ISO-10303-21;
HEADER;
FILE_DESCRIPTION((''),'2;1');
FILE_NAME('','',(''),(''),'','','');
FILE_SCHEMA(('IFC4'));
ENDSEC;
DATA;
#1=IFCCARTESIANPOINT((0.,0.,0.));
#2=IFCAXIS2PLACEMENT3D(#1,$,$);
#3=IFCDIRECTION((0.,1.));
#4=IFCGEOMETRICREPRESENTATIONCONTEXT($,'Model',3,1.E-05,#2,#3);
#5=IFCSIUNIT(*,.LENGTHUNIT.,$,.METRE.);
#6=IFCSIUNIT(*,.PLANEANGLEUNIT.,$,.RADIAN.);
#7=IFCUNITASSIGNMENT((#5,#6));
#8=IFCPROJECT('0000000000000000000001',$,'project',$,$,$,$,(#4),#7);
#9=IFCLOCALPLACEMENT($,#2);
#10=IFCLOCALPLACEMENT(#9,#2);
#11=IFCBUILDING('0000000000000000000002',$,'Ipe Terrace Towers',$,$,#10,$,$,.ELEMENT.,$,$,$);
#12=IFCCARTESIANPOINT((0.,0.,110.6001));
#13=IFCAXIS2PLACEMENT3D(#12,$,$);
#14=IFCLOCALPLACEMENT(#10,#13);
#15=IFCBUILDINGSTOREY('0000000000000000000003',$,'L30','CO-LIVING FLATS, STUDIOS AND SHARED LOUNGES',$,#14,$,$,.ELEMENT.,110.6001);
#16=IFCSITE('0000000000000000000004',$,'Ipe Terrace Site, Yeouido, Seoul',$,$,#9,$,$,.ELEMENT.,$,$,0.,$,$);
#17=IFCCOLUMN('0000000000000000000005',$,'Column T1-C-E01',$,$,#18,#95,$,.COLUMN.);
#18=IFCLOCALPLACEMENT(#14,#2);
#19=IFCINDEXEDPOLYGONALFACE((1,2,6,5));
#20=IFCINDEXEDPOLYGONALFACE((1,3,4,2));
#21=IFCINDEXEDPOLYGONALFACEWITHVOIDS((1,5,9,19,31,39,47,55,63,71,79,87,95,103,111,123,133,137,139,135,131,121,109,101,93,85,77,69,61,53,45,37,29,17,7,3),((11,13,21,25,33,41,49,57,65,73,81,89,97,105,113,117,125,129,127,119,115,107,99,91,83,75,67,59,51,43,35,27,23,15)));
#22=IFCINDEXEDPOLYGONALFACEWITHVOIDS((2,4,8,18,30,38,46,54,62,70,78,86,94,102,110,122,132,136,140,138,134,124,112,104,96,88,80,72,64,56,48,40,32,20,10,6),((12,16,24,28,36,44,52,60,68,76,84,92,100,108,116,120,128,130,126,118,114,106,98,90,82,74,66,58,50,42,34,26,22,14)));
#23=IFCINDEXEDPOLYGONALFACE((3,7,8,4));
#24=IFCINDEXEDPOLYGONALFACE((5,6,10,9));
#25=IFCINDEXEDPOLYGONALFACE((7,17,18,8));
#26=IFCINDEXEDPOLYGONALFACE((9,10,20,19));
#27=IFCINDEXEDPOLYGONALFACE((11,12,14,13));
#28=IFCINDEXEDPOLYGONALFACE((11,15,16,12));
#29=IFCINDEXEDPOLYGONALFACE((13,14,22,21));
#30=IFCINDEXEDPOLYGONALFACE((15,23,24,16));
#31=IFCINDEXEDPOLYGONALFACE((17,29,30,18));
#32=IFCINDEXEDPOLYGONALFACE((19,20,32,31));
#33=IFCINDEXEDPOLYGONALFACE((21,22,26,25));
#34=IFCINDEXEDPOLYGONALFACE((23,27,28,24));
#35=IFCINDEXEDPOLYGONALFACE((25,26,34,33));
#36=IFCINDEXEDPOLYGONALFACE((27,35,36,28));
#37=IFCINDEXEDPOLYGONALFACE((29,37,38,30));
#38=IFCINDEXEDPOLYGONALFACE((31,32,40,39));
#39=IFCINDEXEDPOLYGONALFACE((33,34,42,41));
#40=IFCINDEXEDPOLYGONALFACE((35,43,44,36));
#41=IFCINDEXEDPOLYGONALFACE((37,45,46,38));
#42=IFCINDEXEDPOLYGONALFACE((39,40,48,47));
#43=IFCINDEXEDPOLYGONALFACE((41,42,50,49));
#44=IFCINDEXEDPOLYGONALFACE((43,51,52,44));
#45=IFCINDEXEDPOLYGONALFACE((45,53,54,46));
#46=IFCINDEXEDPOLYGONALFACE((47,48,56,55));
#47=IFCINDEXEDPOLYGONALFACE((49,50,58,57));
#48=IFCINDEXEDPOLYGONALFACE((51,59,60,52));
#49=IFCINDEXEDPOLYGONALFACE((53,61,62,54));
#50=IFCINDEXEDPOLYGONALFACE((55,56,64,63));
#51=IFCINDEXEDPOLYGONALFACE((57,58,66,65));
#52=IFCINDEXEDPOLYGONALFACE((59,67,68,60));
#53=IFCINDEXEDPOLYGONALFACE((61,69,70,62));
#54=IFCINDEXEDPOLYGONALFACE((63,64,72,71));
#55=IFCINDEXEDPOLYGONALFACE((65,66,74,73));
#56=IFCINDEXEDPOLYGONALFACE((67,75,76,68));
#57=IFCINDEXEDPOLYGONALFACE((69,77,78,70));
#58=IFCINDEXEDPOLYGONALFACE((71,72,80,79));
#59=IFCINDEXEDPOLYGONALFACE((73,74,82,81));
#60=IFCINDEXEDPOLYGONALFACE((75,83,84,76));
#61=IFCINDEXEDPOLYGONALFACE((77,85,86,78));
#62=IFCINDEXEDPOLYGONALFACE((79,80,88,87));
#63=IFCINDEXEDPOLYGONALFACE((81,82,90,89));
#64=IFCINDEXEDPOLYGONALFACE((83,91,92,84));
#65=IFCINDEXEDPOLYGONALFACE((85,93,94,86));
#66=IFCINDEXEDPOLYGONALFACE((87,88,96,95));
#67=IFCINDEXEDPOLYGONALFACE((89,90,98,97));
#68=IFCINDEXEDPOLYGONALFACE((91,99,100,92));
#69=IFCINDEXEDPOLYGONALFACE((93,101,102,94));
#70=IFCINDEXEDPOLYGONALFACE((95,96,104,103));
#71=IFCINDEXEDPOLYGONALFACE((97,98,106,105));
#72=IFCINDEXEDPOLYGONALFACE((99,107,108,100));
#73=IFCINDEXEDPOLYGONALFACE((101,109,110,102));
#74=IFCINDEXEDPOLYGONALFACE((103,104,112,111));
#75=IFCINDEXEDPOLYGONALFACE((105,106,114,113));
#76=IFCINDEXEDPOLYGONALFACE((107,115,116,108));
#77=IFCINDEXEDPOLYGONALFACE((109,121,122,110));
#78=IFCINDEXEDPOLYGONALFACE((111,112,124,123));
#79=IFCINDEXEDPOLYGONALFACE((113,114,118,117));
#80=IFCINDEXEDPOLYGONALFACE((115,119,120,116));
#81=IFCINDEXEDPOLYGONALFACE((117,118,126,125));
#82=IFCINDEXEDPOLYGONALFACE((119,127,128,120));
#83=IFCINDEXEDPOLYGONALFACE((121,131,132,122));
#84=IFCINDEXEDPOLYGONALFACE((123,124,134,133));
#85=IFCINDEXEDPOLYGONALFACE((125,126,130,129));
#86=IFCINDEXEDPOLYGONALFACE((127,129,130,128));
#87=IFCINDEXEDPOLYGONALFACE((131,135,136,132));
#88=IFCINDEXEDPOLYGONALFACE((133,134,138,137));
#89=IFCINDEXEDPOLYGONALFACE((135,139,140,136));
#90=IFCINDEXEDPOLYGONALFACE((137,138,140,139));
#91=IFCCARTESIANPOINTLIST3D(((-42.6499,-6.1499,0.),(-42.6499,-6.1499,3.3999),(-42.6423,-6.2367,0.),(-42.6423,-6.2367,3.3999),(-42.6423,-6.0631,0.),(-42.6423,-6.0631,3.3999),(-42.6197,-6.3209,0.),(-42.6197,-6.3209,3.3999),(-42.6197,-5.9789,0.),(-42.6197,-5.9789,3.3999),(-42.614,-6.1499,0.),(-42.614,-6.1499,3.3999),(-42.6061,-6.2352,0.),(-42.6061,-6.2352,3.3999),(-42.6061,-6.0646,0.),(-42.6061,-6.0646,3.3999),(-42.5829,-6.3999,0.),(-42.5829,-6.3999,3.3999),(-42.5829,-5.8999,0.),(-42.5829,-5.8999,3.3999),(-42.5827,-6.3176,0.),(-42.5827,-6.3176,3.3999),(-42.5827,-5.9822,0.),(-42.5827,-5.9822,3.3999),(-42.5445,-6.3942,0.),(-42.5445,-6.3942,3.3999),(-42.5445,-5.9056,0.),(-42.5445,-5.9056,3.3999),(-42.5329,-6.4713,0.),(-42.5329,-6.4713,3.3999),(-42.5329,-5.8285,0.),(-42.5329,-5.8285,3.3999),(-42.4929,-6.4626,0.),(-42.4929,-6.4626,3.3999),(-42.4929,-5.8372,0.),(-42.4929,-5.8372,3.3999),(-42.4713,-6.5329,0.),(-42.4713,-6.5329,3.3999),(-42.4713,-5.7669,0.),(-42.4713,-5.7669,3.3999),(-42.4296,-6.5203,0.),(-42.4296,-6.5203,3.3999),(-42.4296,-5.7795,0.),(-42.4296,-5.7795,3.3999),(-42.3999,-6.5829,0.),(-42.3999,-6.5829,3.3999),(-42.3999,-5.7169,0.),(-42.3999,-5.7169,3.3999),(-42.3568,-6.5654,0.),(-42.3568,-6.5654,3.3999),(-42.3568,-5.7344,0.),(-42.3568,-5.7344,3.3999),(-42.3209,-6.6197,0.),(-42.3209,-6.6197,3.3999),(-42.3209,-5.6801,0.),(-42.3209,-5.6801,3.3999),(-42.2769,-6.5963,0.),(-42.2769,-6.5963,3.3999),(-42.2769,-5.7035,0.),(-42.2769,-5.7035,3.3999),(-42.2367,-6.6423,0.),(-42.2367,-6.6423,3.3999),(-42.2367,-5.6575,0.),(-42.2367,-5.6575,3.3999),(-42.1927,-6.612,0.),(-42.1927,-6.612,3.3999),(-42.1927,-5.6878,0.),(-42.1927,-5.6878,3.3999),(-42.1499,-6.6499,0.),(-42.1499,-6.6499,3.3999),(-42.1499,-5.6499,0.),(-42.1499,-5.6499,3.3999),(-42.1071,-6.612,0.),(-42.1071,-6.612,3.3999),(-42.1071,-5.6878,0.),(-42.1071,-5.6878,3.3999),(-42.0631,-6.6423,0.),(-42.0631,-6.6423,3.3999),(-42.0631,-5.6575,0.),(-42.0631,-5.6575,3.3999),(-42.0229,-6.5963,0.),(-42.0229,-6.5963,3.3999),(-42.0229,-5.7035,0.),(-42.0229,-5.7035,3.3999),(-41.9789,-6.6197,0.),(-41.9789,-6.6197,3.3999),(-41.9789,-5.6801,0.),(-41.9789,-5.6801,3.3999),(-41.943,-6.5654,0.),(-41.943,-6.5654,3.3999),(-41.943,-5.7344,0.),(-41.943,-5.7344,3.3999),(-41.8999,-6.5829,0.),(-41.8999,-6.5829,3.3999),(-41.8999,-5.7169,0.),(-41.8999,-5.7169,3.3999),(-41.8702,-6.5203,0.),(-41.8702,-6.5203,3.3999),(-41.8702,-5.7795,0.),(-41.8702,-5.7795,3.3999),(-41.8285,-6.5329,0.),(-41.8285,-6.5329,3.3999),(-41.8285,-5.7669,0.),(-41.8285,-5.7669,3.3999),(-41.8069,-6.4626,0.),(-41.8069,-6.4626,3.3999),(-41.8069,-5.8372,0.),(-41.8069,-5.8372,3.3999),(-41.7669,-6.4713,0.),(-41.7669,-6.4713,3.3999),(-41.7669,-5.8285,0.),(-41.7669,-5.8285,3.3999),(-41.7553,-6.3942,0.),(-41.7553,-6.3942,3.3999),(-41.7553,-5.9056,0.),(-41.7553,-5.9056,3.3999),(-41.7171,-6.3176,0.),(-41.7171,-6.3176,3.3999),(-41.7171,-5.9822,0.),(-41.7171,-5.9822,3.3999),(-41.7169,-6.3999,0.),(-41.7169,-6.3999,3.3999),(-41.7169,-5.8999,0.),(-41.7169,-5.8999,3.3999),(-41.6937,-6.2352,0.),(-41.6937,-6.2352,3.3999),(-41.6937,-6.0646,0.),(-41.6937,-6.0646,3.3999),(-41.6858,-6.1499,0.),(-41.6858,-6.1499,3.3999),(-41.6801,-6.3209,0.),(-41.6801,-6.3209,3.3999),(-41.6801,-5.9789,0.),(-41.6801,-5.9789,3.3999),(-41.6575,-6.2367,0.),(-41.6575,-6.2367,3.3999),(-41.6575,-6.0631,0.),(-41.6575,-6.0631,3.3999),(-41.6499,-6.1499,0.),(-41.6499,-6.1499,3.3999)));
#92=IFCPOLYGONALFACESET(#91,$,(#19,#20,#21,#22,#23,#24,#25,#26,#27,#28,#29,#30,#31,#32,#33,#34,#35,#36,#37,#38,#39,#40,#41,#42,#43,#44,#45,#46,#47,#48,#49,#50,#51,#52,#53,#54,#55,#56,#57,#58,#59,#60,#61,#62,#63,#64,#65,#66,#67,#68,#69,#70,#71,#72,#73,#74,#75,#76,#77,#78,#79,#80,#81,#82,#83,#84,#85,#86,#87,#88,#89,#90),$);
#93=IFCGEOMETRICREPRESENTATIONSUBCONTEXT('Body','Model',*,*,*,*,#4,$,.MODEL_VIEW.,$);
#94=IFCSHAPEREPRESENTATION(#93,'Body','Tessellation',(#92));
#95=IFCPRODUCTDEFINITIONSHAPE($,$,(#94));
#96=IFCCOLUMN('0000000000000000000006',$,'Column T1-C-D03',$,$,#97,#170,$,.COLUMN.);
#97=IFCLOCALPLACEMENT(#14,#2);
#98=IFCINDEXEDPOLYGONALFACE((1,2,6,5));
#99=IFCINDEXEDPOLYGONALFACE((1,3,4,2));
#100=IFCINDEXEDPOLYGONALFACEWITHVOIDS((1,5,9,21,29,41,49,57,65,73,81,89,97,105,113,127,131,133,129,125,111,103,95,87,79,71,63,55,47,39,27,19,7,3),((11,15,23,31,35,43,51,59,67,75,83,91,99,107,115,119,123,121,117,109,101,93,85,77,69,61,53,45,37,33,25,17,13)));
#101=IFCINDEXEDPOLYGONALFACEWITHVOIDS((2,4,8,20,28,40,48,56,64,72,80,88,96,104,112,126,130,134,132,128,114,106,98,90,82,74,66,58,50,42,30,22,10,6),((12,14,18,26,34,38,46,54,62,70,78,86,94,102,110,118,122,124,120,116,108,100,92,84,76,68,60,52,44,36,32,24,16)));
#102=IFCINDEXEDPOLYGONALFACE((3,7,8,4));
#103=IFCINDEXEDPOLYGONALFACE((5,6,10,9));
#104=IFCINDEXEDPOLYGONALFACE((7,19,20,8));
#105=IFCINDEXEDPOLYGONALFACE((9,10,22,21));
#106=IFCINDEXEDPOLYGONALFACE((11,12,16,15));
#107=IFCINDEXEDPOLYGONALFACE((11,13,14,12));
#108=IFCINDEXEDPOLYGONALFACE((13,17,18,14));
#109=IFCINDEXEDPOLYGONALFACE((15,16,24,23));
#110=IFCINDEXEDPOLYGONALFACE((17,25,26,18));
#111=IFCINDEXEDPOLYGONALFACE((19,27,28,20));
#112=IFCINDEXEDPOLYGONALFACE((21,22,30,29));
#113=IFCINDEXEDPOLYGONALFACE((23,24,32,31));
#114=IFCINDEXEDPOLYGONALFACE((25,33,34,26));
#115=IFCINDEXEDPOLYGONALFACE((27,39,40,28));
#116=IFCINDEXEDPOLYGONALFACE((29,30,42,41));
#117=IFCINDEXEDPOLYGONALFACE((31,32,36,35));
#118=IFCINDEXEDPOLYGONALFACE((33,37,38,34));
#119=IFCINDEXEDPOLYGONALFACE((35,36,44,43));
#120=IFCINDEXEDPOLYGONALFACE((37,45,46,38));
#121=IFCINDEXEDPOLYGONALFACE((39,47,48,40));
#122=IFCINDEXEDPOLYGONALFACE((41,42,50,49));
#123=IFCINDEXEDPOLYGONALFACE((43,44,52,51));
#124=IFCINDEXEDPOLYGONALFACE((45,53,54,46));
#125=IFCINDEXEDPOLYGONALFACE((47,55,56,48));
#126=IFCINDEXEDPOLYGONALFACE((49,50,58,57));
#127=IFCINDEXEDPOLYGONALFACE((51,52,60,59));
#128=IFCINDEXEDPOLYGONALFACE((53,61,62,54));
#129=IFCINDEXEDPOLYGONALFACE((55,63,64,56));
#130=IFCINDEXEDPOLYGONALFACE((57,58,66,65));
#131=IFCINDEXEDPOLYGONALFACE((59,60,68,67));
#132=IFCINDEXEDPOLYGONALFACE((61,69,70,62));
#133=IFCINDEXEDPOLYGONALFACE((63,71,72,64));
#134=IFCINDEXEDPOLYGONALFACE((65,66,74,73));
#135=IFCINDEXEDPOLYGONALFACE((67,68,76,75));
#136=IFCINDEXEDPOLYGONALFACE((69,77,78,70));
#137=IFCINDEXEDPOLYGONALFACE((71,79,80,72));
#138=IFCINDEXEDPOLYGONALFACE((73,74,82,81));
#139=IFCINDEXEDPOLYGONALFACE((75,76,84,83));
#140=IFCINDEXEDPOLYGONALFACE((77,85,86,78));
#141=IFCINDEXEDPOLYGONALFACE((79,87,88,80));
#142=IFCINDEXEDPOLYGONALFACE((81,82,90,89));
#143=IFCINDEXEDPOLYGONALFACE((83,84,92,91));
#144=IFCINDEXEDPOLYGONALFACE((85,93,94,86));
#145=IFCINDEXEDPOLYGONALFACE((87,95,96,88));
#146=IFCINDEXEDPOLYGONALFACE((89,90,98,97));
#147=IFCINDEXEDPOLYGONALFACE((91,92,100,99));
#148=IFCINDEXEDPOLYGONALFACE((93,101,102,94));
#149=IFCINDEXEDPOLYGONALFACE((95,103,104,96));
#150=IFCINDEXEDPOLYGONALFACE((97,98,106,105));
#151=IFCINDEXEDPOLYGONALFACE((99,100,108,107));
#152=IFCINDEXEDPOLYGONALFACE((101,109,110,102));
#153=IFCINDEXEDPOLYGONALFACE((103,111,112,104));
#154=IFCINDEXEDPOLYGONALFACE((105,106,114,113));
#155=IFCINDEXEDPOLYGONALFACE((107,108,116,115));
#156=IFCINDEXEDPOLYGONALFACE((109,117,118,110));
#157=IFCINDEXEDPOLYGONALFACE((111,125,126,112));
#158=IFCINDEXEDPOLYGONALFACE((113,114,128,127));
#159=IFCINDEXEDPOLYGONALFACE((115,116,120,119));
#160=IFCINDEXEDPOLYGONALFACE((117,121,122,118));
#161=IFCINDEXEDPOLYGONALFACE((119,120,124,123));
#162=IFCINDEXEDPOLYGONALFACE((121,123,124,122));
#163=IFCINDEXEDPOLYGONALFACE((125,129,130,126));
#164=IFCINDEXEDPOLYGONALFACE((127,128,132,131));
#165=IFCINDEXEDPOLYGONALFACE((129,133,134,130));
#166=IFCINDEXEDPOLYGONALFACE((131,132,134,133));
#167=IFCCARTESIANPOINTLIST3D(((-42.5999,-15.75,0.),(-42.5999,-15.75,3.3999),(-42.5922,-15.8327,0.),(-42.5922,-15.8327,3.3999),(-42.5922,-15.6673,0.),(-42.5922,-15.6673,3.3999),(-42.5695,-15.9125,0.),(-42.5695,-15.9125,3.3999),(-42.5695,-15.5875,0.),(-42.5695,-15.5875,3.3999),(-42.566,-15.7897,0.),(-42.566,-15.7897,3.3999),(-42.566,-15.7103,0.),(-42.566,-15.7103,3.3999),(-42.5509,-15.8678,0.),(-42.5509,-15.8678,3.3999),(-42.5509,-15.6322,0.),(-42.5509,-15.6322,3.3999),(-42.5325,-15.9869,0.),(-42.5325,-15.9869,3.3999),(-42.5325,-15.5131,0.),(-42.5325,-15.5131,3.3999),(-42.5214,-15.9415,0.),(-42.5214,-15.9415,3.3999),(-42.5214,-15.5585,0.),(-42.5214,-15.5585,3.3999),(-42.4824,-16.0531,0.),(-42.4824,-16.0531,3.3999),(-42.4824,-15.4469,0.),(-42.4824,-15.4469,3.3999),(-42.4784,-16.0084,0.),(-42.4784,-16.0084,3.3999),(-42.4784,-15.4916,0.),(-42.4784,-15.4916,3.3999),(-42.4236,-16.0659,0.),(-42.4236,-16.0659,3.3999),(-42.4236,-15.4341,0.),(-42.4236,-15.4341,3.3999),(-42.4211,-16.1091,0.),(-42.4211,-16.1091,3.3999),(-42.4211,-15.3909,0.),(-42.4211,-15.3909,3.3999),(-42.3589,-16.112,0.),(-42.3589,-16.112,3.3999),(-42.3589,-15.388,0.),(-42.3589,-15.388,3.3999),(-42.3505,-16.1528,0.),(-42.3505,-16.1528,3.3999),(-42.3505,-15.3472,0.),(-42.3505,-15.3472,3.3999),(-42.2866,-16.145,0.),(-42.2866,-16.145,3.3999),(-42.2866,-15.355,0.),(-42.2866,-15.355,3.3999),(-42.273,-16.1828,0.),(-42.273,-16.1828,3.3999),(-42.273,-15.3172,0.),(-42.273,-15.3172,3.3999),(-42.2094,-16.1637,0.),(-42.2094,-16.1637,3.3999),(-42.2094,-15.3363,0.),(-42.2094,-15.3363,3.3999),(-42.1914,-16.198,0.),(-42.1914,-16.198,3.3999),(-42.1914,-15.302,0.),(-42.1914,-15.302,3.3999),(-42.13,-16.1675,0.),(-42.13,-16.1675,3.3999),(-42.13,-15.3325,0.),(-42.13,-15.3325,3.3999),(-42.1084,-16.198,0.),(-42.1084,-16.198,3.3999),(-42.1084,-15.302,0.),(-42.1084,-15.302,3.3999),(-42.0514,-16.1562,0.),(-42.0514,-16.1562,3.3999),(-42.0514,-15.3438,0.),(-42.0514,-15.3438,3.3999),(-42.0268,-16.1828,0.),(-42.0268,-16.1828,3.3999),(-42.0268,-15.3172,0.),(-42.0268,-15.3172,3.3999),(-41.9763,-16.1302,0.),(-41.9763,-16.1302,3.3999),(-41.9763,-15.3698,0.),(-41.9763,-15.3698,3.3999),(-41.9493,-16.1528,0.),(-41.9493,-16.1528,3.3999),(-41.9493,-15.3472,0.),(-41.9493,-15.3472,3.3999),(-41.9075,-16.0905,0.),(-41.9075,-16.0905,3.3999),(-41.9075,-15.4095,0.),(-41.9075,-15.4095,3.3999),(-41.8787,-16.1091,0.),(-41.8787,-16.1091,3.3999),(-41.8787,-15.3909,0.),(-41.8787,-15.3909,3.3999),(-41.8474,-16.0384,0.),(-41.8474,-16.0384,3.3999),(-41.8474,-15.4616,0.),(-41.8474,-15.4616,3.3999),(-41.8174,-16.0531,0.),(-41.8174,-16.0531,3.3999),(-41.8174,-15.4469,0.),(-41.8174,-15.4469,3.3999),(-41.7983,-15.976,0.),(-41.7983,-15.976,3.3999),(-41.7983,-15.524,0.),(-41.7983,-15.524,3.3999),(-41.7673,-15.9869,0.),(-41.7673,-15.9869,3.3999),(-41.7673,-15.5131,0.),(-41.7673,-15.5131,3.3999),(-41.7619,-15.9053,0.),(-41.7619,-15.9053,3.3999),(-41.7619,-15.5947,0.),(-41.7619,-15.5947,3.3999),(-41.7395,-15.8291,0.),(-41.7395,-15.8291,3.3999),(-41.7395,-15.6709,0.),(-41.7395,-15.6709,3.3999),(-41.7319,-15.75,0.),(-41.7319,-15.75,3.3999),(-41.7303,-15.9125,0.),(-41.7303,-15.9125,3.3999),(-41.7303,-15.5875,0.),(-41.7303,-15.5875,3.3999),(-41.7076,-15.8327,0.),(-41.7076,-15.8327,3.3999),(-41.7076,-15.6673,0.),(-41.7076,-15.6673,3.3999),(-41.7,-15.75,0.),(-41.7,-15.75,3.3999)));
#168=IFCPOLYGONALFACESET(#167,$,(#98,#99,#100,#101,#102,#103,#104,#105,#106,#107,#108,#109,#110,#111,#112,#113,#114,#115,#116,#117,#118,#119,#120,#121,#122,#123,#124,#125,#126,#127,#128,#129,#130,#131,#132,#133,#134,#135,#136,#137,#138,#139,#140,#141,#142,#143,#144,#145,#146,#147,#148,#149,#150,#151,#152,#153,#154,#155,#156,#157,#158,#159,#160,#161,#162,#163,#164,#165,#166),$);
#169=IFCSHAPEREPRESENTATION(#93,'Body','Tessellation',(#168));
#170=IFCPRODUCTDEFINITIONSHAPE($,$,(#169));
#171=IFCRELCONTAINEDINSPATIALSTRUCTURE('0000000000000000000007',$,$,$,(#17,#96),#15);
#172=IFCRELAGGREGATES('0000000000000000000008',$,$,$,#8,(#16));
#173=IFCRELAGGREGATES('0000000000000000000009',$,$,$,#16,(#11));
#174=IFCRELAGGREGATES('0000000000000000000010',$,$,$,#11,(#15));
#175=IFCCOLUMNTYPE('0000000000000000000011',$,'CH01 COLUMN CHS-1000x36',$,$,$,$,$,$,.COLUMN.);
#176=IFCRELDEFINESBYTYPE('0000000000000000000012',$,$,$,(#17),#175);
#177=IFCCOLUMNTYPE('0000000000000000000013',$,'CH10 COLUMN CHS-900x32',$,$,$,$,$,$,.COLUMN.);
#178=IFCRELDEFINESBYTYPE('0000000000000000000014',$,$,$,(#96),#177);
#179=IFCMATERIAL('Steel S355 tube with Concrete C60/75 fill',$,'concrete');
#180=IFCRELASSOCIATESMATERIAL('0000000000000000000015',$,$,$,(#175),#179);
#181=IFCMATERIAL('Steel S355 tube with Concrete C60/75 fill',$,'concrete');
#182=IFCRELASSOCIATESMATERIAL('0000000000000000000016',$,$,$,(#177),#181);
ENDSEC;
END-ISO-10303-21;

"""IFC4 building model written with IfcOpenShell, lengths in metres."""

from ifc_helpers import new_model, si_unit, direction, frame, origin, origin_2d, place, context, subcontext, project, spatial, hollow_circle, extrude, material, material_profile, profile_set, type_object, element, save


model = new_model("IFC4")

# Units and contexts
model_context = context("Model", 3, precision=1e-05, world=origin(), true_north=direction((0.0, 1.0)))
body_context = subcontext(model_context, "Body", "Model", "MODEL_VIEW")
ifc_project = project(units=[si_unit("LENGTHUNIT", "METRE"), si_unit("PLANEANGLEUNIT", "RADIAN")], contexts=[model_context])

# Site, building, storey
site_placement = place(None, origin())
site = spatial("IfcSite", under=ifc_project, at=site_placement, Name="Ipe Terrace Site, Yeouido, Seoul", CompositionType="ELEMENT", RefElevation=0.0)
building_placement = place(site_placement, origin())
building = spatial("IfcBuilding", under=site, at=building_placement, Name="Ipe Terrace Towers", CompositionType="ELEMENT")
storey_placement = place(building_placement, frame((0.0, 0.0, 110.6001)))
storey = spatial("IfcBuildingStorey", under=building, at=storey_placement, Name="L30", Description="CO-LIVING FLATS, STUDIOS AND SHARED LOUNGES", CompositionType="ELEMENT", Elevation=110.6001)

# Columns
ifc_material_1 = material(Name="Steel S355 tube with Concrete C60/75 fill", Category="concrete")
ifc_material_profile_1 = material_profile(ifc_material_1, hollow_circle(Radius=0.5, WallThickness=0.0359, at=origin_2d()), Name="CHS-1000x36")
ifc_profile_set_1 = profile_set([ifc_material_profile_1], Name="Steel S355 tube with Concrete C60/75 fill")
column_type_1 = type_object("IfcColumnType", Name="CH01 COLUMN CHS-1000x36", PredefinedType="COLUMN", material=ifc_profile_set_1)
column_placement = place(storey_placement, frame((-42.1499, -6.1499, 0.0), z_axis=(0.0, 0.0, 1.0), x_axis=(1.0, 0.0, 0.0)))
element("IfcColumn", 1, at=column_placement, inside=storey, type_object=column_type_1, Name="Column T1-C-E01", PredefinedType="COLUMN", context=body_context, shape_type="SweptSolid", body=[
    extrude(hollow_circle(Radius=0.5, WallThickness=0.0359, at=origin_2d()), origin(), (0.0, 0.0, 1.0), 3.3999),
])
ifc_material_2 = material(Name="Steel S355 tube with Concrete C60/75 fill", Category="concrete")
ifc_material_profile_2 = material_profile(ifc_material_2, hollow_circle(Radius=0.45, WallThickness=0.032, at=origin_2d()), Name="CHS-900x32")
ifc_profile_set_2 = profile_set([ifc_material_profile_2], Name="Steel S355 tube with Concrete C60/75 fill")
column_type_2 = type_object("IfcColumnType", Name="CH10 COLUMN CHS-900x32", PredefinedType="COLUMN", material=ifc_profile_set_2)
for number, where, z_axis, x_axis, name in (
    (2, (-42.1499, -15.75, 0.0), (0.0, 0.0, 1.0), (1.0, 0.0, 0.0), "Column T1-C-D03"),
):
    element("IfcColumn", number, at=place(storey_placement, frame(where, z_axis=z_axis, x_axis=x_axis)), inside=storey, type_object=column_type_2, Name=name, PredefinedType="COLUMN", context=body_context, shape_type="SweptSolid", body=[
        extrude(hollow_circle(Radius=0.45, WallThickness=0.032, at=origin_2d()), origin(), (0.0, 0.0, 1.0), 3.3999),
    ])

save(model, "model.ifc")
